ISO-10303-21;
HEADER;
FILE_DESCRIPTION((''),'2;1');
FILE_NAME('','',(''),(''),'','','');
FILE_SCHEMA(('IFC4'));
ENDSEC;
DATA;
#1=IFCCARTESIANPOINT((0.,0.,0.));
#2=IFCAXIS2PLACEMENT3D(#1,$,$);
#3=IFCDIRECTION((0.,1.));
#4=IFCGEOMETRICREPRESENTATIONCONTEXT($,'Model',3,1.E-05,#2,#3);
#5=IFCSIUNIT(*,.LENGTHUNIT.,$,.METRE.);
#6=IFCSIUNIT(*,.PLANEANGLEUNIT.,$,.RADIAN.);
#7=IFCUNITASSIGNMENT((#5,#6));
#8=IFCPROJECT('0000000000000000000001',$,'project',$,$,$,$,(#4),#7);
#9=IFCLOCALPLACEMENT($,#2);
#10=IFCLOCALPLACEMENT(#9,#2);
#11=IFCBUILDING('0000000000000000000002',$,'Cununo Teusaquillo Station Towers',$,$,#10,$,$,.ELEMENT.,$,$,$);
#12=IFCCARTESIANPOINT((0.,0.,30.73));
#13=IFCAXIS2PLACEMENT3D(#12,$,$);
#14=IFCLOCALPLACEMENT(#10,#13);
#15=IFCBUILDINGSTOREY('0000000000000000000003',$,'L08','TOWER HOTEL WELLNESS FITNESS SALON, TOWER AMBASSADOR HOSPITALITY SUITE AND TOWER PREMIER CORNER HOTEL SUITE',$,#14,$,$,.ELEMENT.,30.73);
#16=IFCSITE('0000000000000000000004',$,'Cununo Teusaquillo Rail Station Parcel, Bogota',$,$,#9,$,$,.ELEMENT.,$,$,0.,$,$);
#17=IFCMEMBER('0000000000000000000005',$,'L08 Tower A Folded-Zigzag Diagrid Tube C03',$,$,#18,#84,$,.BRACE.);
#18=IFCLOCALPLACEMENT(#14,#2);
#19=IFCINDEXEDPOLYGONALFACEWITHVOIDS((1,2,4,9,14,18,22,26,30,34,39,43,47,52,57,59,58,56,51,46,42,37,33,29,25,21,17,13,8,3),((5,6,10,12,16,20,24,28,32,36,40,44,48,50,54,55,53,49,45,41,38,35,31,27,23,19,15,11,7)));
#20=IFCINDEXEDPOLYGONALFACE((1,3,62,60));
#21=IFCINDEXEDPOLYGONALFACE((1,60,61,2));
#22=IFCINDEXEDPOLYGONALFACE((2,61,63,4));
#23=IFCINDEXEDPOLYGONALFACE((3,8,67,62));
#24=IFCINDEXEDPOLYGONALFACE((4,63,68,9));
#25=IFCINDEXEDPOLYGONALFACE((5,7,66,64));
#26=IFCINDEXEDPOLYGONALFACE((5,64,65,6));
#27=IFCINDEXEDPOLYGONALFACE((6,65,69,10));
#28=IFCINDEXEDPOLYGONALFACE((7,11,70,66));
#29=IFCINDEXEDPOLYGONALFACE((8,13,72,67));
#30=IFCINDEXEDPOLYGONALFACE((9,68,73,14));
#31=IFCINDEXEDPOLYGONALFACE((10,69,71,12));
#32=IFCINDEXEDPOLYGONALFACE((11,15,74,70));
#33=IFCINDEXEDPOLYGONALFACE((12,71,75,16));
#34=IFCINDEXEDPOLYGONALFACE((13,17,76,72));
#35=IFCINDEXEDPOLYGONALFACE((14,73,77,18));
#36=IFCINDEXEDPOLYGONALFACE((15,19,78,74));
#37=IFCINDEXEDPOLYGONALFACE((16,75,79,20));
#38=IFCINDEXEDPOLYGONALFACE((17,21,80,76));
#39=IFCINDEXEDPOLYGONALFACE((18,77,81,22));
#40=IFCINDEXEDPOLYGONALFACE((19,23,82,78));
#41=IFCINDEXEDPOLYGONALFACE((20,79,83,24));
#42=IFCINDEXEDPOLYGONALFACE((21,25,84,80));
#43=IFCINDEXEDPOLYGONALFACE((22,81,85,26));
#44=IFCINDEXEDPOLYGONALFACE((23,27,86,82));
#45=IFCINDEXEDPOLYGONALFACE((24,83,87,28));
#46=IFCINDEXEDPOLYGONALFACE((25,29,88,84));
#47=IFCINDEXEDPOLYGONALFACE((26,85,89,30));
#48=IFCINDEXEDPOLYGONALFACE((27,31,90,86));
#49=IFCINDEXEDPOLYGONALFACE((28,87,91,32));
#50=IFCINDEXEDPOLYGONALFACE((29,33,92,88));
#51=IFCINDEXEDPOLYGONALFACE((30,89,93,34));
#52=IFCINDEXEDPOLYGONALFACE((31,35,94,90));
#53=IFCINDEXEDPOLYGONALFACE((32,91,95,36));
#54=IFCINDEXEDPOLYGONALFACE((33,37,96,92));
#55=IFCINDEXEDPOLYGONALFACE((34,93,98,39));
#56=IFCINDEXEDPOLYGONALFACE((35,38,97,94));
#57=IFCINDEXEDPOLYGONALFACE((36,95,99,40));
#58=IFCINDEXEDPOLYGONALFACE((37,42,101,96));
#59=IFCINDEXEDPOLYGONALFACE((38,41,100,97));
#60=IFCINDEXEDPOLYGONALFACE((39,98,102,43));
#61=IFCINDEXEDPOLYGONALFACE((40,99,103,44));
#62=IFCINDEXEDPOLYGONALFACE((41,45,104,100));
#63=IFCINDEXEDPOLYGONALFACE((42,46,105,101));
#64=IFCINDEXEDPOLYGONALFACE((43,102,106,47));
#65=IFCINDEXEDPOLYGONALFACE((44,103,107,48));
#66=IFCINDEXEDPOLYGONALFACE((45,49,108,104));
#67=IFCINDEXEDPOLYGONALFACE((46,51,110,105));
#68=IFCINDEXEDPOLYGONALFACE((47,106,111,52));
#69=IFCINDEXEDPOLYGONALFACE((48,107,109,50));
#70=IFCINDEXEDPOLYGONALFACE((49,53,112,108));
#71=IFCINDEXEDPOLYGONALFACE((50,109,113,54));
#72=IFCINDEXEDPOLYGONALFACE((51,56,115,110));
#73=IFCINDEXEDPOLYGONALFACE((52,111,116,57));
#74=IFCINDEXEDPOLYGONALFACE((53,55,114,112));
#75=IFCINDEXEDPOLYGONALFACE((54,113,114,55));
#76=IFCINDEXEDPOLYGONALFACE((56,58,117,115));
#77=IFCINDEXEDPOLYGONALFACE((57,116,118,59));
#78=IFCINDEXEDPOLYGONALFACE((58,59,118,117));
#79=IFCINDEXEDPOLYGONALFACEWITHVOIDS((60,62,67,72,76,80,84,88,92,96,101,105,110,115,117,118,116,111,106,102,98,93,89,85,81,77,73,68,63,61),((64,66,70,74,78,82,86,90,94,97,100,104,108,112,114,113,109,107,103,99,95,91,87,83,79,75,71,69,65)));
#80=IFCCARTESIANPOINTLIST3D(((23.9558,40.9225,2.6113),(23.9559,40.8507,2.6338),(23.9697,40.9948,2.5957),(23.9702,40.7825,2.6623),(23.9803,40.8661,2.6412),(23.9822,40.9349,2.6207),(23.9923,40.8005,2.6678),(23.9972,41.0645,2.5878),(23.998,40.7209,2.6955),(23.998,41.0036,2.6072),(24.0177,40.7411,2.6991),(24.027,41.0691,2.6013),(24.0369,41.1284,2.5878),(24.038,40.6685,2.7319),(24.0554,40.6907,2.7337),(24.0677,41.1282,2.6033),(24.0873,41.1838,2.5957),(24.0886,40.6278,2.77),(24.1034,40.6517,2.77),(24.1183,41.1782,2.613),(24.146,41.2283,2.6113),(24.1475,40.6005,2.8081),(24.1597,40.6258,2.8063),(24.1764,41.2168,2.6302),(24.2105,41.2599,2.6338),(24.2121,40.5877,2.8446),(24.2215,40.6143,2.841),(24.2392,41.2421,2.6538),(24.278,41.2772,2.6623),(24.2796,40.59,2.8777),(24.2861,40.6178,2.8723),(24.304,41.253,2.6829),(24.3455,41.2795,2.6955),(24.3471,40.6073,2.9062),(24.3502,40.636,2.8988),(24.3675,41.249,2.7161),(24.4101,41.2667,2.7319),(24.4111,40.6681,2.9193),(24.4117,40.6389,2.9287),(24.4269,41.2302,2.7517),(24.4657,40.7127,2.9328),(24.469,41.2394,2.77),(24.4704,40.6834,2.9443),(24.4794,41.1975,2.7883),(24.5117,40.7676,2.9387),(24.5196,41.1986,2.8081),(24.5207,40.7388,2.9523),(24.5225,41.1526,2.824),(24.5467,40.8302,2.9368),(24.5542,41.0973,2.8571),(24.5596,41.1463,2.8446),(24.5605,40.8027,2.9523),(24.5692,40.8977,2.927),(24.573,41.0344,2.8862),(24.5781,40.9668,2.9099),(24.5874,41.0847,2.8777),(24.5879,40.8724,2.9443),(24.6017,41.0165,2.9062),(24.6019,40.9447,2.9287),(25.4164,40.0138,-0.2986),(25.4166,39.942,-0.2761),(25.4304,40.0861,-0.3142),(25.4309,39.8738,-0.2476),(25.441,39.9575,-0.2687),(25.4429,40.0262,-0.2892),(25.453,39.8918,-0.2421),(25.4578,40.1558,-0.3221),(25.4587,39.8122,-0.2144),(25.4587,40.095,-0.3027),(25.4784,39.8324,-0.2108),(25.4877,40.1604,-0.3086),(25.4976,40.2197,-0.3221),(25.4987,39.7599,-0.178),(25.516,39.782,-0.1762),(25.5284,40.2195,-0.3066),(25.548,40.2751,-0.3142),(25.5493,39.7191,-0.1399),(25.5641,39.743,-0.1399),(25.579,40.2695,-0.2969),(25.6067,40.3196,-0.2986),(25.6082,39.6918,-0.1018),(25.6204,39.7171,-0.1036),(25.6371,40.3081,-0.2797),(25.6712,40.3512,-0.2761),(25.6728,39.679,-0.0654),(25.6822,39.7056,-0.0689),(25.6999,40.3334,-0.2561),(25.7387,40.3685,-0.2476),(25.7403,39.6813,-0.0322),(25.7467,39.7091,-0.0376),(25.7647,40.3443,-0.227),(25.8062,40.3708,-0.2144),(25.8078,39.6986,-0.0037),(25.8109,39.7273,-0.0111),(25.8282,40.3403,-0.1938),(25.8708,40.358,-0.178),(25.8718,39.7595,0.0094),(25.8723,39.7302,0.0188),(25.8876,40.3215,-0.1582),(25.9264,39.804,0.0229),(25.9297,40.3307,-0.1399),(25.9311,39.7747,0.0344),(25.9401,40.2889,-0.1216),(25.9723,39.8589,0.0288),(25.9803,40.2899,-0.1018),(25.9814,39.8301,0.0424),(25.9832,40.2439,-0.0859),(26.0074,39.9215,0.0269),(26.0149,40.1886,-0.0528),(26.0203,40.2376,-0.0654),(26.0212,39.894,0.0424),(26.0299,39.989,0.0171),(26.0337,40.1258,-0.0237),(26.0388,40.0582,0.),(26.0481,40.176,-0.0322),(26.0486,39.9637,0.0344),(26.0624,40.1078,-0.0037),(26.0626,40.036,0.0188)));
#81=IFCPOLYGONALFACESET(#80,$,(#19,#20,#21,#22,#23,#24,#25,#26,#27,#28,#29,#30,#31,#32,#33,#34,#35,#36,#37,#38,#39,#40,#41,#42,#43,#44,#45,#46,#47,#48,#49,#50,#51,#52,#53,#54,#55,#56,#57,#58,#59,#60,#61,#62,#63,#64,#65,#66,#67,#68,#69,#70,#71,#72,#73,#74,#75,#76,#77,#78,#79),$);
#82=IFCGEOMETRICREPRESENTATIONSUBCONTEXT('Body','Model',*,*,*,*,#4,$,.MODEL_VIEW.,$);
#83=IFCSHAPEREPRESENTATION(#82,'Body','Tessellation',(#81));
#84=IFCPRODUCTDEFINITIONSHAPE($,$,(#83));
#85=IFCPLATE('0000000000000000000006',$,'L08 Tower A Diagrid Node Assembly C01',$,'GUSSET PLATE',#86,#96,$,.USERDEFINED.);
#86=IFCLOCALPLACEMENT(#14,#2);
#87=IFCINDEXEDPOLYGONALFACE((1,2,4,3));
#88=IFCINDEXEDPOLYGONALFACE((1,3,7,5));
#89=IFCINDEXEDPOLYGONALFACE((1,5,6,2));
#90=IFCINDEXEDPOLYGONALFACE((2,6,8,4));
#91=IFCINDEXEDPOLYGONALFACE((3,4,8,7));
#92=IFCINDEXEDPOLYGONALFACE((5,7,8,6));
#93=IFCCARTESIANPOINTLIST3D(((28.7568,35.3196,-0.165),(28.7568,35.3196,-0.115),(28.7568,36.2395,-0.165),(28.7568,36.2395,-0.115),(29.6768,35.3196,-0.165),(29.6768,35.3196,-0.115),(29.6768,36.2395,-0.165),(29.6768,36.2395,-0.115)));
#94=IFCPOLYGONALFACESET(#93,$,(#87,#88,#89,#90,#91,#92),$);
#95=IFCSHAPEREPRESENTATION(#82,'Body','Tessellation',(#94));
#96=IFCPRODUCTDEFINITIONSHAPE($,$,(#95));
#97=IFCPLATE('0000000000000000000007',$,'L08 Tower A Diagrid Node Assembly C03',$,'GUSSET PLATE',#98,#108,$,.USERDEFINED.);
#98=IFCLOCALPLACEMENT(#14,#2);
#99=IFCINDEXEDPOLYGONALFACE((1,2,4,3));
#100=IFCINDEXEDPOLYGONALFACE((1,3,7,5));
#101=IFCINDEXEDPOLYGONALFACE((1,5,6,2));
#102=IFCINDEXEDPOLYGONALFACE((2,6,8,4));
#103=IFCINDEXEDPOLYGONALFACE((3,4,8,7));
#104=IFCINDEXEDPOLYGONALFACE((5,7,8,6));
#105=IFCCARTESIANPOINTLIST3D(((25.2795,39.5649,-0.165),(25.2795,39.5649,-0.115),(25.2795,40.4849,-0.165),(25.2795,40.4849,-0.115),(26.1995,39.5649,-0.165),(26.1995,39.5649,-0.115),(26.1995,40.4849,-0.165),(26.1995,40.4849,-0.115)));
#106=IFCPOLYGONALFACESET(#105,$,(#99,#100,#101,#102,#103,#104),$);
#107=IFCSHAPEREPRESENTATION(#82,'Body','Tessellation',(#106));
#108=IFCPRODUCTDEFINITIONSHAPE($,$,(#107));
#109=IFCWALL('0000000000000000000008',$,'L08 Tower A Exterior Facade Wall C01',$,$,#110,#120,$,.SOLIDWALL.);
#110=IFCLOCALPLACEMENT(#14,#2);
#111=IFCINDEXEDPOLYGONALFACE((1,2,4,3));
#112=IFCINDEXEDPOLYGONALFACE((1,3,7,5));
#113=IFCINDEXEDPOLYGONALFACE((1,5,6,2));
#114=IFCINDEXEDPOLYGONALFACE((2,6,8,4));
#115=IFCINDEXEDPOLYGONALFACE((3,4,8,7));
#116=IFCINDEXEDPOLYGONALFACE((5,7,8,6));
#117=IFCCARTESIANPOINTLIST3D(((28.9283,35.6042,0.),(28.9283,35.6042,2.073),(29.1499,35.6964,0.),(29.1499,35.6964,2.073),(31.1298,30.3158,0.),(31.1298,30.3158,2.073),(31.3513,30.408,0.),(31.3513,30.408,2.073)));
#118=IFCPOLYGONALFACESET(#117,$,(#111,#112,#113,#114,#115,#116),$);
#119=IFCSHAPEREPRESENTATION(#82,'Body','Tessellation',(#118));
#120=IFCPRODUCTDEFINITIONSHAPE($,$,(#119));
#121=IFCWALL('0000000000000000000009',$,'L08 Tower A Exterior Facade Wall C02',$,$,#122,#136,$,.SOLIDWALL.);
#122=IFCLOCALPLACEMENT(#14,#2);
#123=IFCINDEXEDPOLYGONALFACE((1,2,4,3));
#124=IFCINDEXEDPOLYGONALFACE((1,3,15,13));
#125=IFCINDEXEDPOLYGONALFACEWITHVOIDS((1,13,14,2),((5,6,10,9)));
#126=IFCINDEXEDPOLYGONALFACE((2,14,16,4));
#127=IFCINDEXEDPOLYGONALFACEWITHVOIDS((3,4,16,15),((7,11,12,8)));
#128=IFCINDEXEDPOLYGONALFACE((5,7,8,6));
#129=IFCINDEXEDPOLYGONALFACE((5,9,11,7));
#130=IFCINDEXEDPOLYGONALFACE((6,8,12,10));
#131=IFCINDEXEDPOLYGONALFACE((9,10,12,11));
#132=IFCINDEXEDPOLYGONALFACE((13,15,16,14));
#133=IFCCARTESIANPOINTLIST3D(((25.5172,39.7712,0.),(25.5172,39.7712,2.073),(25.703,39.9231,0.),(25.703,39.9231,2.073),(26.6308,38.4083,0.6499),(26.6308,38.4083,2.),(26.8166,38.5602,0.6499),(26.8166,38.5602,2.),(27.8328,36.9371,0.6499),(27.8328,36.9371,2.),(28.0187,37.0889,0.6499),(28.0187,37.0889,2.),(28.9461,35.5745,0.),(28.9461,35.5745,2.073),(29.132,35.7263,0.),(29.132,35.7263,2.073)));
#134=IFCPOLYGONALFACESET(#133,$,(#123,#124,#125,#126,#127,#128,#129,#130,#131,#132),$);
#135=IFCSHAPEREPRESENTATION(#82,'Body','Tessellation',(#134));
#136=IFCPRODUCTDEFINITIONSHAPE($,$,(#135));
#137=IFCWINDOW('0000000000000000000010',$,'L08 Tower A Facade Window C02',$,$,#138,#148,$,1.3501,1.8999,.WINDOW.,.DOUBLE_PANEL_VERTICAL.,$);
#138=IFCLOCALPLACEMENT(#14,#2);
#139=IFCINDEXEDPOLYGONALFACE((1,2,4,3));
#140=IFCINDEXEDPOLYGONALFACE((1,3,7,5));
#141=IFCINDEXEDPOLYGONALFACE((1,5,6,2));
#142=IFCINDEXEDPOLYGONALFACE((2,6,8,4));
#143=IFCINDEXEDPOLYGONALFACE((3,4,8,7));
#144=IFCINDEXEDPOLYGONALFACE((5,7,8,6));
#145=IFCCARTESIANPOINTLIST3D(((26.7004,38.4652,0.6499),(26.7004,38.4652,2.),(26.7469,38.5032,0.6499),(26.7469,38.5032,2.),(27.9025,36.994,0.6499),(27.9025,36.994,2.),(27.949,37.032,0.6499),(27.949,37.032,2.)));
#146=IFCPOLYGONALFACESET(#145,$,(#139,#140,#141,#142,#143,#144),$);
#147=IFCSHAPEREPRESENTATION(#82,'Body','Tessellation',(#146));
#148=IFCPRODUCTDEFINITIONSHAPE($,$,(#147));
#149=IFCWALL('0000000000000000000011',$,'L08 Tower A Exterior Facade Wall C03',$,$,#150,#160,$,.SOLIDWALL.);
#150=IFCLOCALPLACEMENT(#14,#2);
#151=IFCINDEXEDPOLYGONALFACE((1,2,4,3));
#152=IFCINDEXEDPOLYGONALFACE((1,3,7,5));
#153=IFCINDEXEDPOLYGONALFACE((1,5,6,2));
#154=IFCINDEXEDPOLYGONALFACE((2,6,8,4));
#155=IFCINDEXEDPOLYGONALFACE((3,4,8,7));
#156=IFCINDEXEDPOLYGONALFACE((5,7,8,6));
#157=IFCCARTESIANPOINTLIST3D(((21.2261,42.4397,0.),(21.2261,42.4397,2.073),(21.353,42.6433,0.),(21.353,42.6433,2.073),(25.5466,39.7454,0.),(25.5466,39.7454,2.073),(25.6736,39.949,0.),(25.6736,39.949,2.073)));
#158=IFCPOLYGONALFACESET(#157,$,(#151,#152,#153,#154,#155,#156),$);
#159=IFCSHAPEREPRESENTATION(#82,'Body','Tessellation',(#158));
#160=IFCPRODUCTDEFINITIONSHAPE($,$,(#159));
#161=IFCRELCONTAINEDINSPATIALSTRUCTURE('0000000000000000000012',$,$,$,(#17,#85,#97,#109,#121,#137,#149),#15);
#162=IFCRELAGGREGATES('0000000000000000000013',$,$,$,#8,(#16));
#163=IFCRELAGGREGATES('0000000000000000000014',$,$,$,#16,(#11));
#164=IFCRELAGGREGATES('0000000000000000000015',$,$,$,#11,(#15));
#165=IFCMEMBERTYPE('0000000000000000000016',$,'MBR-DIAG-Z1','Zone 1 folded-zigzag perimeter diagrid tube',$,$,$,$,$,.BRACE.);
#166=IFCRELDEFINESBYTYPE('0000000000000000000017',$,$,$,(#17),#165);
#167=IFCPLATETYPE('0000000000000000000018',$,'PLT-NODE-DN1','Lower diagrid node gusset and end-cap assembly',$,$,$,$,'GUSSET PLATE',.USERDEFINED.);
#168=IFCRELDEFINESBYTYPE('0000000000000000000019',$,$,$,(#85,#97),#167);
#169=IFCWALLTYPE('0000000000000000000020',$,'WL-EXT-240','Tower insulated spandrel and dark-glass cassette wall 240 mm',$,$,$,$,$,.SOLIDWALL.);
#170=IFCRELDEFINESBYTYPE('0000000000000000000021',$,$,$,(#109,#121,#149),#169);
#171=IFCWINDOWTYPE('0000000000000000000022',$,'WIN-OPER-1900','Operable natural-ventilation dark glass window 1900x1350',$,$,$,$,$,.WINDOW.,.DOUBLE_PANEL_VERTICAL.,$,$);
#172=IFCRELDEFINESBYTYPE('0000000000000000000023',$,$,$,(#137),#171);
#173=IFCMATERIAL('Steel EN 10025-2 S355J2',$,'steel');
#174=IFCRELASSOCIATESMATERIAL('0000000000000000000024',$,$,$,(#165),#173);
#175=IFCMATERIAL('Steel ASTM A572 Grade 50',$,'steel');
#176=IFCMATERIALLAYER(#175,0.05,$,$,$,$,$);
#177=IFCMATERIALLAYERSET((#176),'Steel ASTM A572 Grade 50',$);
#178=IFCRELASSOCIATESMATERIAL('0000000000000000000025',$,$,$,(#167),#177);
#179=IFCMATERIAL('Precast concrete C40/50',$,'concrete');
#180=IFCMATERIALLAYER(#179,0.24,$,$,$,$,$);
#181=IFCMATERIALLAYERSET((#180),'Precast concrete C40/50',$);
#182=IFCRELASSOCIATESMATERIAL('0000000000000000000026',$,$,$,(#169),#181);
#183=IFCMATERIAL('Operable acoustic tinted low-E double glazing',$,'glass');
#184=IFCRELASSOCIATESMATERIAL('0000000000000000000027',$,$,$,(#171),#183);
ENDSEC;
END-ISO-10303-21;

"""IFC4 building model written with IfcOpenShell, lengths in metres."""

from ifc_helpers import new_model, si_unit, direction, frame, frame_2d, origin, origin_2d, place, context, subcontext, project, spatial, rectangle, hollow_circle, extrude, source, transform, mapped, material, layer, layer_set, material_profile, profile_set, type_object, element, fill, save


model = new_model("IFC4")

# Units and contexts
model_context = context("Model", 3, precision=1e-05, world=origin(), true_north=direction((0.0, 1.0)))
body_context = subcontext(model_context, "Body", "Model", "MODEL_VIEW")
ifc_project = project(units=[si_unit("LENGTHUNIT", "METRE"), si_unit("PLANEANGLEUNIT", "RADIAN")], contexts=[model_context])

# Site, building, storey
site_placement = place(None, origin())
site = spatial("IfcSite", under=ifc_project, at=site_placement, Name="Cununo Teusaquillo Rail Station Parcel, Bogota", CompositionType="ELEMENT", RefElevation=0.0)
building_placement = place(site_placement, origin())
building = spatial("IfcBuilding", under=site, at=building_placement, Name="Cununo Teusaquillo Station Towers", CompositionType="ELEMENT")
storey_placement = place(building_placement, frame((0.0, 0.0, 30.73)))
storey = spatial("IfcBuildingStorey", under=building, at=storey_placement, Name="L08", Description="TOWER HOTEL WELLNESS FITNESS SALON, TOWER AMBASSADOR HOSPITALITY SUITE AND TOWER PREMIER CORNER HOTEL SUITE", CompositionType="ELEMENT", Elevation=30.73)

# Member
ifc_material_1 = material(Name="Steel EN 10025-2 S355J2", Category="steel")
ifc_material_profile_1 = material_profile(ifc_material_1, hollow_circle(Radius=0.3601, WallThickness=0.0281, at=origin_2d()), Name="CHS 720x28")
ifc_profile_set_1 = profile_set([ifc_material_profile_1], Name="Steel EN 10025-2 S355J2")
member_type = type_object("IfcMemberType", Name="MBR-DIAG-Z1", Description="Zone 1 folded-zigzag perimeter diagrid tube", PredefinedType="BRACE", material=ifc_profile_set_1)
member_1_placement = place(storey_placement, frame((25.7395, 40.0249, -0.1399), z_axis=(-0.43211, 0.268814, 0.860825), x_axis=(-0.528225, -0.849105, 0.0)))
element("IfcMember", 1, at=member_1_placement, inside=storey, type_object=member_type, Name="L08 Tower A Folded-Zigzag Diagrid Tube C03", PredefinedType="BRACE", context=body_context, shape_type="SweptSolid", body=[
    extrude(hollow_circle(Radius=0.3601, WallThickness=0.0281, at=origin_2d()), origin(), (0.0, 0.0, 1.0), 3.3804),
])

# Plates
ifc_material_2 = material(Name="Steel ASTM A572 Grade 50", Category="steel")
ifc_layer_1 = layer(ifc_material_2, 0.05)
ifc_layer_set_1 = layer_set([ifc_layer_1], Name="Steel ASTM A572 Grade 50")
plate_type = type_object("IfcPlateType", Name="PLT-NODE-DN1", Description="Lower diagrid node gusset and end-cap assembly", ElementType="GUSSET PLATE", PredefinedType="USERDEFINED", material=ifc_layer_set_1)
shared_shape_1 = source(origin(), body_context, "Body", "SweptSolid", [
    extrude(rectangle(XDim=0.9199, YDim=0.9199, at=origin_2d()), origin(), (0.0, 0.0, 1.0), 0.05),
])
for number, where, z_axis, x_axis, name in (
    (2, (29.2168, 35.7795, -0.165), (0.0, 0.0, 1.0), (1.0, 0.0, 0.0), "L08 Tower A Diagrid Node Assembly C01"),
    (3, (25.7395, 40.0249, -0.165), (0.0, 0.0, 1.0), (1.0, 0.0, 0.0), "L08 Tower A Diagrid Node Assembly C03"),
):
    element("IfcPlate", number, at=place(storey_placement, frame(where, z_axis=z_axis, x_axis=x_axis)), inside=storey, type_object=plate_type, Name=name, ObjectType="GUSSET PLATE", PredefinedType="USERDEFINED", context=body_context, shape_type="MappedRepresentation", body=[
        mapped(shared_shape_1, transform((0.0, 0.0, 0.0), x_axis=(1.0, 0.0, 0.0), y_axis=(0.0, 1.0, 0.0), z_axis=(0.0, 0.0, 1.0), scale=1.0)),
    ])

# Wall
ifc_material_3 = material(Name="Precast concrete C40/50", Category="concrete")
ifc_layer_2 = layer(ifc_material_3, 0.24)
ifc_layer_set_2 = layer_set([ifc_layer_2], Name="Precast concrete C40/50")
wall_type_1 = type_object("IfcWallType", Name="WL-EXT-240", Description="Tower insulated spandrel and dark-glass cassette wall 240 mm", PredefinedType="SOLIDWALL", material=ifc_layer_set_2)
wall_1_placement = place(storey_placement, frame((29.0391, 35.6504, 0.0), z_axis=(0.0, 0.0, 1.0), x_axis=(0.38431, -0.923204, 0.0)))
element("IfcWall", 4, at=wall_1_placement, inside=storey, type_object=wall_type_1, Name="L08 Tower A Exterior Facade Wall C01", PredefinedType="SOLIDWALL", context=body_context, shape_type="SweptSolid", body=[
    extrude(rectangle(XDim=5.7283, YDim=0.24, at=frame_2d((2.8643, 0.0))), origin(), (0.0, 0.0, 1.0), 2.073),
])

# Wall, opening, window
wall_2_placement = place(storey_placement, frame((25.6101, 39.8472, 0.0), z_axis=(0.0, 0.0, 1.0), x_axis=(0.63271, -0.774389, 0.0)))
wall_2 = element("IfcWall", 5, at=wall_2_placement, inside=storey, type_object=wall_type_1, Name="L08 Tower A Exterior Facade Wall C02", PredefinedType="SOLIDWALL", context=body_context, shape_type="SweptSolid", body=[
    extrude(rectangle(XDim=5.4194, YDim=0.24, at=frame_2d((2.7097, 0.0))), origin(), (0.0, 0.0, 1.0), 2.073),
])
shared_shape_2 = source(origin(), body_context, "Body", "SweptSolid", [
    extrude(rectangle(XDim=1.8999, YDim=1.3501, at=frame_2d((0.95, 0.675))), frame((0.0, 0.1299, 0.0), z_axis=(0.0, -1.0, 0.0), x_axis=(1.0, 0.0, 0.0)), (0.0, 0.0, 1.0), 0.26),
])
opening_1_placement = place(wall_2_placement, frame((1.76, 0.0, 0.6499)))
opening_1 = element("IfcOpeningElement", 6, at=opening_1_placement, cuts=wall_2, PredefinedType="OPENING", context=body_context, shape_type="MappedRepresentation", body=[
    mapped(shared_shape_2, transform((0.0, 0.0, 0.0), x_axis=(1.0, 0.0, 0.0), y_axis=(0.0, 1.0, 0.0), z_axis=(0.0, 0.0, 1.0), scale=1.0)),
])
ifc_material_4 = material(Name="Operable acoustic tinted low-E double glazing", Category="glass")
window_type = type_object("IfcWindowType", Name="WIN-OPER-1900", Description="Operable natural-ventilation dark glass window 1900x1350", PartitioningType="DOUBLE_PANEL_VERTICAL", PredefinedType="WINDOW", material=ifc_material_4)
shared_shape_3 = source(origin(), body_context, "Body", "SweptSolid", [
    extrude(rectangle(XDim=1.8999, YDim=1.3501, at=frame_2d((0.95, 0.675))), frame((0.0, 0.03, 0.0), z_axis=(0.0, -1.0, 0.0), x_axis=(1.0, 0.0, 0.0)), (0.0, 0.0, 1.0), 0.0601),
])
window_placement = place(opening_1_placement, origin())
window = element("IfcWindow", 7, at=window_placement, inside=storey, type_object=window_type, Name="L08 Tower A Facade Window C02", OverallHeight=1.3501, OverallWidth=1.8999, PartitioningType="DOUBLE_PANEL_VERTICAL", PredefinedType="WINDOW", context=body_context, shape_type="MappedRepresentation", body=[
    mapped(shared_shape_3, transform((0.0, 0.0, 0.0), x_axis=(1.0, 0.0, 0.0), y_axis=(0.0, 1.0, 0.0), z_axis=(0.0, 0.0, 1.0), scale=1.0)),
])
fill(opening_1, window)

# Wall
wall_3_placement = place(storey_placement, frame((21.2896, 42.5415, 0.0), z_axis=(0.0, 0.0, 1.0), x_axis=(0.848529, -0.52915, 0.0)))
element("IfcWall", 8, at=wall_3_placement, inside=storey, type_object=wall_type_1, Name="L08 Tower A Exterior Facade Wall C03", PredefinedType="SOLIDWALL", context=body_context, shape_type="SweptSolid", body=[
    extrude(rectangle(XDim=5.0918, YDim=0.24, at=frame_2d((2.5459, 0.0))), origin(), (0.0, 0.0, 1.0), 2.073),
])

save(model, "model.ifc")
